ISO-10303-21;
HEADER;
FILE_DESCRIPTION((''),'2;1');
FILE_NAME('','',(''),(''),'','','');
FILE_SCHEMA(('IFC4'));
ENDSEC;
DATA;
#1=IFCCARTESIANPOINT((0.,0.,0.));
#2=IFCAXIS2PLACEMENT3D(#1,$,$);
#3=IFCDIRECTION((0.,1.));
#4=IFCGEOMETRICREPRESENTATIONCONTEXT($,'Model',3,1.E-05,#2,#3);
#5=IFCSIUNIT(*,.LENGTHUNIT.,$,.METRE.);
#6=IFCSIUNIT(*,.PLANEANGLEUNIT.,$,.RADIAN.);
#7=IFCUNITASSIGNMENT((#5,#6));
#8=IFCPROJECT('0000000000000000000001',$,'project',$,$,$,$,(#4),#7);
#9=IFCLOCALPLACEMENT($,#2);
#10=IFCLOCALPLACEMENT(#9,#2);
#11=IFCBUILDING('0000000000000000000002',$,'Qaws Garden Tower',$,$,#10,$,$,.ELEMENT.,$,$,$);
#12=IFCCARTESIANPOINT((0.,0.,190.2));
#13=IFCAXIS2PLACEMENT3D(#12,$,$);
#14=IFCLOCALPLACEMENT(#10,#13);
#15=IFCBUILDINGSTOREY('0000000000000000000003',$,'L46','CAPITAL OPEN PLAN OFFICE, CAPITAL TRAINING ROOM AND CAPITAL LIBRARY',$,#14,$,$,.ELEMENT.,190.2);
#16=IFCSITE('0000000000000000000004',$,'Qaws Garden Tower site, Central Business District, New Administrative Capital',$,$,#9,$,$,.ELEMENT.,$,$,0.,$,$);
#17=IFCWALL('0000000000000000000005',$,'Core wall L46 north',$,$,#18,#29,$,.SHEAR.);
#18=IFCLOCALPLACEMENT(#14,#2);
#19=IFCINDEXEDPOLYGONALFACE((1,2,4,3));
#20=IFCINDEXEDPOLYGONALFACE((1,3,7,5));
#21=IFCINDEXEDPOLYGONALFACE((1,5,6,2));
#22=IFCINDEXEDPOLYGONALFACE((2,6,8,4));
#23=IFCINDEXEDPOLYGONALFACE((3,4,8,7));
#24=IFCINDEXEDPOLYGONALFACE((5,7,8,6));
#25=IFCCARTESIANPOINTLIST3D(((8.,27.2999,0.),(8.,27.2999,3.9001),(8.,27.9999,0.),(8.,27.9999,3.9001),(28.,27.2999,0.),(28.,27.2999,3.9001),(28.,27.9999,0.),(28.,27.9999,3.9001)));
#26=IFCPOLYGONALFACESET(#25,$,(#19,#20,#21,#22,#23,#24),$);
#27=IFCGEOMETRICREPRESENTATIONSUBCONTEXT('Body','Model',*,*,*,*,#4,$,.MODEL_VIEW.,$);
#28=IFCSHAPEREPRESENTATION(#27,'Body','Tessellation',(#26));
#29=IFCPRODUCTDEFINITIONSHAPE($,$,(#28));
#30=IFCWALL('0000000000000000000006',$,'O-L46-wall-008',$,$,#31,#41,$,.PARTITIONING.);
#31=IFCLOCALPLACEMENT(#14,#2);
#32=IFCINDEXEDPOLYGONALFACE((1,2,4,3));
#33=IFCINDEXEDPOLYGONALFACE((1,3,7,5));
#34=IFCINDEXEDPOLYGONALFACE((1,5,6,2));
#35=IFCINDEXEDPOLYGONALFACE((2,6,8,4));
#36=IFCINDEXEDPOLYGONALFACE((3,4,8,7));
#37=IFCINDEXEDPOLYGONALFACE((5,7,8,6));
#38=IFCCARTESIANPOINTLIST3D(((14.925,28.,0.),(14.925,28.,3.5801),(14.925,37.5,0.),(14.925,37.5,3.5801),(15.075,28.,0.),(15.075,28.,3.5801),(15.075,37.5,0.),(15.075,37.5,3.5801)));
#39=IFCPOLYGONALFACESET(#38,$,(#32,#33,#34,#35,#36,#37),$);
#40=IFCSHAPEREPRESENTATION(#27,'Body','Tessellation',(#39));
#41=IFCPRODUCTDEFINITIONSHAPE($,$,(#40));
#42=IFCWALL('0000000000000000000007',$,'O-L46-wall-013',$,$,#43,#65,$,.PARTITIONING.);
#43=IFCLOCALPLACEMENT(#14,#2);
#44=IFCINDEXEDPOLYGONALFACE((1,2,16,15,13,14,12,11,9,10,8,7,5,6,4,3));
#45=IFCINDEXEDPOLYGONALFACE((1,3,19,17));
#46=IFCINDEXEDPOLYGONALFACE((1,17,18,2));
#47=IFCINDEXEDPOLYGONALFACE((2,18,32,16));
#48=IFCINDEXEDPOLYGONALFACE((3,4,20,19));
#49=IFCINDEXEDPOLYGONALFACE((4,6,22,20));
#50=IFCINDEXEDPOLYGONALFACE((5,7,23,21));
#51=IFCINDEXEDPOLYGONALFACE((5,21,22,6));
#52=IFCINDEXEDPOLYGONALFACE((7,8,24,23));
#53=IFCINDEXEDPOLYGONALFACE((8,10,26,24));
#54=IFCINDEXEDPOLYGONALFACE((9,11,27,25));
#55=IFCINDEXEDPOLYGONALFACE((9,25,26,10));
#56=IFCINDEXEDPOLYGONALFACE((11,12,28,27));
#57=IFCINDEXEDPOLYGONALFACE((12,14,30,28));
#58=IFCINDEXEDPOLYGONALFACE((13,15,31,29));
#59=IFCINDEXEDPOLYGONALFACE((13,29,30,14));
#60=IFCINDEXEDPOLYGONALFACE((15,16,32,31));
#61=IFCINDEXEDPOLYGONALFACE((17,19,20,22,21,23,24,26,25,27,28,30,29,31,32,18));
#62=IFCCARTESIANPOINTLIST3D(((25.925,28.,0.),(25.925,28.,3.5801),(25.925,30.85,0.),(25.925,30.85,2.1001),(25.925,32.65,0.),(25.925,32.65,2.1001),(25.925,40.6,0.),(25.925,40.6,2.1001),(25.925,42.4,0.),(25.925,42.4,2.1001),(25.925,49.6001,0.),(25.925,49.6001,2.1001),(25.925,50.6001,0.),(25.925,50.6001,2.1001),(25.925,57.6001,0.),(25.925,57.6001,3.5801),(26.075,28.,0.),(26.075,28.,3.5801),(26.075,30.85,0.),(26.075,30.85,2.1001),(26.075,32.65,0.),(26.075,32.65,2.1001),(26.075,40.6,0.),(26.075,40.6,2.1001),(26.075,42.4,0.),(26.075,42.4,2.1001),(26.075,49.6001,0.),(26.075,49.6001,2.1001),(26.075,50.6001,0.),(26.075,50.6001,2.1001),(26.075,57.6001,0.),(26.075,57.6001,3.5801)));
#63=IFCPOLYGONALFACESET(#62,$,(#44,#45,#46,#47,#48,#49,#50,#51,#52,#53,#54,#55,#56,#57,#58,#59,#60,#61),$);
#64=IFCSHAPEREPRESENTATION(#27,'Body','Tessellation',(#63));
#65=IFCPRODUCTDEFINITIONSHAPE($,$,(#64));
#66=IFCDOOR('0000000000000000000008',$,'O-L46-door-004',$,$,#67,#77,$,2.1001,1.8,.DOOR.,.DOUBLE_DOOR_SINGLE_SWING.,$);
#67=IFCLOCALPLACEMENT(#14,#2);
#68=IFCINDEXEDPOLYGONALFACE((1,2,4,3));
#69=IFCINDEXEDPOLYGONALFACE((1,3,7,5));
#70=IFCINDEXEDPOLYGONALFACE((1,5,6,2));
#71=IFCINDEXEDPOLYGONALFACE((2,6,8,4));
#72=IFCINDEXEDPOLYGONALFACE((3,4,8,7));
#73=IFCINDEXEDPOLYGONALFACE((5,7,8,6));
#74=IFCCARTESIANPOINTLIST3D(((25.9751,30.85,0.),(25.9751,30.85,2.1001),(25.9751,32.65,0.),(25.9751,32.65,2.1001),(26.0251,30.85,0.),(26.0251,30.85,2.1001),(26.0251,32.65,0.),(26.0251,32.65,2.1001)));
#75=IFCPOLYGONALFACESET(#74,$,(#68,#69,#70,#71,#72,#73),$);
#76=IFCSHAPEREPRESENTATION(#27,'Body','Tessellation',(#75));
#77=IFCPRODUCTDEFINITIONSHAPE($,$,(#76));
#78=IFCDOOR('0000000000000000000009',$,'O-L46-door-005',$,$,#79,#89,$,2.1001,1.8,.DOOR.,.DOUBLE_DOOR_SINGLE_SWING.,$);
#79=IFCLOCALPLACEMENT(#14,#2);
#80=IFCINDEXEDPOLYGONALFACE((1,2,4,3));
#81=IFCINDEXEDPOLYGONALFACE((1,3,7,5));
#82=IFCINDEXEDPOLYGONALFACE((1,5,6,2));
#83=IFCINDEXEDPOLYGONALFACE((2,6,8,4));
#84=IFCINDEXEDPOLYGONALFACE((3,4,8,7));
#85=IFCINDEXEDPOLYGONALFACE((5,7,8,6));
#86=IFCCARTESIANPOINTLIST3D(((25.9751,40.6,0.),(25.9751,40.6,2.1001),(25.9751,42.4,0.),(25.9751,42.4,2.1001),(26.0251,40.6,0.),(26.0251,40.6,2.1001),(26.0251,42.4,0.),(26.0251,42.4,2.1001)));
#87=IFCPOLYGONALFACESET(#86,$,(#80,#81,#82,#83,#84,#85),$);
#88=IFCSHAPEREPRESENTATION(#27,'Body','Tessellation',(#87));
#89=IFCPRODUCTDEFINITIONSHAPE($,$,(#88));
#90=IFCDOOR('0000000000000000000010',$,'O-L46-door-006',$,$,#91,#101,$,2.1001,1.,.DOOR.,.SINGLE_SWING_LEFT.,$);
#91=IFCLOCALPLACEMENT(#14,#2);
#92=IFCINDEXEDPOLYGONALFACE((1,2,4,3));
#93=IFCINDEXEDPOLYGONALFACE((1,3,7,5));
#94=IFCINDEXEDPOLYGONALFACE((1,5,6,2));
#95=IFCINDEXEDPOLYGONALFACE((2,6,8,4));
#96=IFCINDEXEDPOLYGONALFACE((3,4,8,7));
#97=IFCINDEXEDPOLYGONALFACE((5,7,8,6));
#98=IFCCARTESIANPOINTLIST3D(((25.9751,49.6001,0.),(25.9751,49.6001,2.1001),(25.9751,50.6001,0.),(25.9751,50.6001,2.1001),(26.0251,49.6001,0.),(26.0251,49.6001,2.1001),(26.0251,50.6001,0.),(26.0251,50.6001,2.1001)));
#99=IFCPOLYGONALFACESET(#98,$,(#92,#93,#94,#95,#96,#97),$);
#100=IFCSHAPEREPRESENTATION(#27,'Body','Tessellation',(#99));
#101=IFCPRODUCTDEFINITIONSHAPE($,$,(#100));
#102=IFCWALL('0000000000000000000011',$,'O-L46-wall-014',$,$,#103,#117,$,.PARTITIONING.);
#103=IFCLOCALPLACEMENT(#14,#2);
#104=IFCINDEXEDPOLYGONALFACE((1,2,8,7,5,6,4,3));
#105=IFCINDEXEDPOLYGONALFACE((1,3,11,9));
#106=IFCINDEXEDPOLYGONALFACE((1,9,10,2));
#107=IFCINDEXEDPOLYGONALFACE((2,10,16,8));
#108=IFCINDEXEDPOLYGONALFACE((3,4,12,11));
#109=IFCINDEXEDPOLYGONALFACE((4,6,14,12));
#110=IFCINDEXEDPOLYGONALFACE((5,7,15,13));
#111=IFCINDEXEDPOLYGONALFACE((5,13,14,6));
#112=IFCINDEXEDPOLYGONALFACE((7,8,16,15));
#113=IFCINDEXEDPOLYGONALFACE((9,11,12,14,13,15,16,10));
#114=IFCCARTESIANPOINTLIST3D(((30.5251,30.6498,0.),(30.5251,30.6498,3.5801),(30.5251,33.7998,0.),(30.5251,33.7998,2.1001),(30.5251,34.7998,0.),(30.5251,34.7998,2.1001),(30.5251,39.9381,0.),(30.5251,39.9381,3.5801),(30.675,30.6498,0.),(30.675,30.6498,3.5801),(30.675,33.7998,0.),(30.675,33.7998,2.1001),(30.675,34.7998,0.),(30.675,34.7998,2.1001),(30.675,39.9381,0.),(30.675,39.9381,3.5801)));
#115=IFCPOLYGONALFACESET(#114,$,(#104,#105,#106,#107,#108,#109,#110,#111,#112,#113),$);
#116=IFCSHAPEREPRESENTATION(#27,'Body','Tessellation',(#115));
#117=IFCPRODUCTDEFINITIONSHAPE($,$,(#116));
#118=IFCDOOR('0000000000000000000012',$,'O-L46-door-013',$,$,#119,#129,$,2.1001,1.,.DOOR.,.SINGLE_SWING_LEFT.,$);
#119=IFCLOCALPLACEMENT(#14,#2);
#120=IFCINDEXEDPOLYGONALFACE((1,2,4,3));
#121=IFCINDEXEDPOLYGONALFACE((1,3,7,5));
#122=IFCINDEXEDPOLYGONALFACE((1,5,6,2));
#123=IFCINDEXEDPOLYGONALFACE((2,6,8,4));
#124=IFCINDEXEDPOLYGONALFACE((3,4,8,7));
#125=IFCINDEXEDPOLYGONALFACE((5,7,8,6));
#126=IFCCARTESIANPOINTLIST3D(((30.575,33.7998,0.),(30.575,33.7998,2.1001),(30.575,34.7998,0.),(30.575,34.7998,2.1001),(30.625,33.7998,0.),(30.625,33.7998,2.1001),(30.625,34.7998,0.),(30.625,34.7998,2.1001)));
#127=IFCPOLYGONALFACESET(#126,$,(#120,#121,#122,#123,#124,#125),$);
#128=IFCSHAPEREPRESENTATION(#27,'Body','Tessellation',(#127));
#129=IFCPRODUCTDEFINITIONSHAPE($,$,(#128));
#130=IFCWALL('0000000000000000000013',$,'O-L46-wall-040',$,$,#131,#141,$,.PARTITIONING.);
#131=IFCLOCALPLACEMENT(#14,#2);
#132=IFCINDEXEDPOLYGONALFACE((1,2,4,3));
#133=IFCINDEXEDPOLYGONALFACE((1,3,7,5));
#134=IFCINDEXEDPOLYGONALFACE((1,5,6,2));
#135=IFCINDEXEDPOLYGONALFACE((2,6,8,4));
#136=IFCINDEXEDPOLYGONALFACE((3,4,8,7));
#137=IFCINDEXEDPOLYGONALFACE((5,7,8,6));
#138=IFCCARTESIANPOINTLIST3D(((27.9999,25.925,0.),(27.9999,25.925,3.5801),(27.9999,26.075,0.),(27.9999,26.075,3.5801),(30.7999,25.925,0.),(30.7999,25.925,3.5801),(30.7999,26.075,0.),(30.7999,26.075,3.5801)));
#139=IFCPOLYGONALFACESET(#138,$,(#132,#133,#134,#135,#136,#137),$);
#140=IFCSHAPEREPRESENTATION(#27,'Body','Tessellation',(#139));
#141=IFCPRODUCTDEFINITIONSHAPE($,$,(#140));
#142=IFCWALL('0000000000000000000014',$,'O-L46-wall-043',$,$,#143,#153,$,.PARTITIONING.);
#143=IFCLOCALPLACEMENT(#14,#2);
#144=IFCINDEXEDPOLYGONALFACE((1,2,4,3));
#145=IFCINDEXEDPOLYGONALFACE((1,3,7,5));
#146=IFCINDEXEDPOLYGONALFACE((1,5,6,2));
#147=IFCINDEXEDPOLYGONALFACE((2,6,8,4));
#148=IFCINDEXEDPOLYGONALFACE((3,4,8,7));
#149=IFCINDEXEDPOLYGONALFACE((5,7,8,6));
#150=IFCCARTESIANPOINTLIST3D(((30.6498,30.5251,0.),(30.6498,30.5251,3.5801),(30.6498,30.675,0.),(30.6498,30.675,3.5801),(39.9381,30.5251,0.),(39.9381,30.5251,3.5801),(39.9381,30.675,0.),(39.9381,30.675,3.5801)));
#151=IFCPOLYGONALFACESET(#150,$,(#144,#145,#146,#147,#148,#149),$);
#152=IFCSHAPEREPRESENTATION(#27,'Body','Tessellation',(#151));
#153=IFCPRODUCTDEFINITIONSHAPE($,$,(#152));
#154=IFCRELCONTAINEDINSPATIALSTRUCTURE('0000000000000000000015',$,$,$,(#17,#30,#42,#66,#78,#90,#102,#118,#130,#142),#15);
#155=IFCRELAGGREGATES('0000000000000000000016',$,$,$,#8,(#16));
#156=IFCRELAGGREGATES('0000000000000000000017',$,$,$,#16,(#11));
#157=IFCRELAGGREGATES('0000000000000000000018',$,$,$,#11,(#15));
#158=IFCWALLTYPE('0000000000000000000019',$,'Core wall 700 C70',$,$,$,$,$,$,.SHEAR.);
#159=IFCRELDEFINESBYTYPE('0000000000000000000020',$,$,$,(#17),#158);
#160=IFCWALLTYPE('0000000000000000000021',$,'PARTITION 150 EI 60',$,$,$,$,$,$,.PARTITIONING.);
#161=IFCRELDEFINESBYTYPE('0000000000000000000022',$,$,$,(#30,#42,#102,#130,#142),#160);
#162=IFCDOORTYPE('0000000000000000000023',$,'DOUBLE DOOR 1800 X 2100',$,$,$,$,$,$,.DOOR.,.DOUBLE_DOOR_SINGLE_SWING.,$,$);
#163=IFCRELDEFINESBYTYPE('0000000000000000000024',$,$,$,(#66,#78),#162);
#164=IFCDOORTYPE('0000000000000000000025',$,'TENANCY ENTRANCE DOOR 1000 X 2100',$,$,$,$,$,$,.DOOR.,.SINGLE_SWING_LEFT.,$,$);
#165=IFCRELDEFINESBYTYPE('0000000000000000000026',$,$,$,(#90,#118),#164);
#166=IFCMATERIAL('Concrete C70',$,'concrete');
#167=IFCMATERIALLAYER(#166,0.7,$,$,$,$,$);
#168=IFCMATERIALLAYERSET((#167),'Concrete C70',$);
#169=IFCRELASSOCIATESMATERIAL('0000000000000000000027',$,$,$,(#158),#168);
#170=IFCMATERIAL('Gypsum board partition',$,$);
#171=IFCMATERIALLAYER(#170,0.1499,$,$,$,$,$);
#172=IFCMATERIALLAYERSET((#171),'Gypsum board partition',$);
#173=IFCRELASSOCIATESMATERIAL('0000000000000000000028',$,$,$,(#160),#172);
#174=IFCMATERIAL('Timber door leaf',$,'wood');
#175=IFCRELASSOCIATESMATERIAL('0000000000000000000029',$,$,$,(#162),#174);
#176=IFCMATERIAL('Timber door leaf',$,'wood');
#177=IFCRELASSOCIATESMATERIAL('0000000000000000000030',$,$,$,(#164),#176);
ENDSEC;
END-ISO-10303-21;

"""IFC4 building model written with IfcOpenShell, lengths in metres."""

from ifc_helpers import new_model, si_unit, direction, frame, frame_2d, origin, place, context, subcontext, project, spatial, rectangle, extrude, material, layer, layer_set, type_object, element, fill, save


model = new_model("IFC4")

# Units and contexts
model_context = context("Model", 3, precision=1e-05, world=origin(), true_north=direction((0.0, 1.0)))
body_context = subcontext(model_context, "Body", "Model", "MODEL_VIEW")
ifc_project = project(units=[si_unit("LENGTHUNIT", "METRE"), si_unit("PLANEANGLEUNIT", "RADIAN")], contexts=[model_context])

# Site, building, storey
site_placement = place(None, origin())
site = spatial("IfcSite", under=ifc_project, at=site_placement, Name="Qaws Garden Tower site, Central Business District, New Administrative Capital", CompositionType="ELEMENT", RefElevation=0.0)
building_placement = place(site_placement, origin())
building = spatial("IfcBuilding", under=site, at=building_placement, Name="Qaws Garden Tower", CompositionType="ELEMENT")
storey_placement = place(building_placement, frame((0.0, 0.0, 190.2)))
storey = spatial("IfcBuildingStorey", under=building, at=storey_placement, Name="L46", Description="CAPITAL OPEN PLAN OFFICE, CAPITAL TRAINING ROOM AND CAPITAL LIBRARY", CompositionType="ELEMENT", Elevation=190.2)

# Walls
ifc_material_1 = material(Name="Concrete C70", Category="concrete")
ifc_layer_1 = layer(ifc_material_1, 0.7)
ifc_layer_set_1 = layer_set([ifc_layer_1], Name="Concrete C70")
wall_type_1 = type_object("IfcWallType", Name="Core wall 700 C70", PredefinedType="SHEAR", material=ifc_layer_set_1)
wall_1_placement = place(storey_placement, frame((28.0, 27.6499, 0.0), z_axis=(0.0, 0.0, 1.0), x_axis=(-1.0, 0.0, 0.0)))
element("IfcWall", 1, at=wall_1_placement, inside=storey, type_object=wall_type_1, Name="Core wall L46 north", PredefinedType="SHEAR", context=body_context, shape_type="SweptSolid", body=[
    extrude(rectangle(XDim=20.0, YDim=0.7, at=frame_2d((10.0, 0.0))), origin(), (0.0, 0.0, 1.0), 3.9001),
])
ifc_material_2 = material(Name="Gypsum board partition")
ifc_layer_2 = layer(ifc_material_2, 0.1499)
ifc_layer_set_2 = layer_set([ifc_layer_2], Name="Gypsum board partition")
wall_type_2 = type_object("IfcWallType", Name="PARTITION 150 EI 60", PredefinedType="PARTITIONING", material=ifc_layer_set_2)
wall_2_placement = place(storey_placement, frame((15.0, 28.0, 0.0), z_axis=(0.0, 0.0, 1.0), x_axis=(0.0, 1.0, 0.0)))
element("IfcWall", 2, at=wall_2_placement, inside=storey, type_object=wall_type_2, Name="O-L46-wall-008", PredefinedType="PARTITIONING", context=body_context, shape_type="SweptSolid", body=[
    extrude(rectangle(XDim=9.5, YDim=0.1499, at=frame_2d((4.75, 0.0))), origin(), (0.0, 0.0, 1.0), 3.5801),
])

# Wall, openings, doors
wall_3_placement = place(storey_placement, frame((26.0, 28.0, 0.0), z_axis=(0.0, 0.0, 1.0), x_axis=(0.0, 1.0, 0.0)))
wall_3 = element("IfcWall", 3, at=wall_3_placement, inside=storey, type_object=wall_type_2, Name="O-L46-wall-013", PredefinedType="PARTITIONING", context=body_context, shape_type="SweptSolid", body=[
    extrude(rectangle(XDim=29.6001, YDim=0.1499, at=frame_2d((14.8, 0.0))), origin(), (0.0, 0.0, 1.0), 3.5801),
])
opening_1_placement = place(wall_3_placement, frame((2.8501, 0.0, 0.0)))
opening_1 = element("IfcOpeningElement", 4, at=opening_1_placement, cuts=wall_3, PredefinedType="OPENING", context=body_context, shape_type="SweptSolid", body=[
    extrude(rectangle(XDim=1.8, YDim=2.1001, at=frame_2d((0.8999, 1.05))), frame((0.0, 0.085, 0.0), z_axis=(0.0, -1.0, 0.0), x_axis=(1.0, 0.0, 0.0)), (0.0, 0.0, 1.0), 0.1699),
])
opening_2_placement = place(wall_3_placement, frame((12.6001, 0.0, 0.0)))
opening_2 = element("IfcOpeningElement", 5, at=opening_2_placement, cuts=wall_3, PredefinedType="OPENING", context=body_context, shape_type="SweptSolid", body=[
    extrude(rectangle(XDim=1.8, YDim=2.1001, at=frame_2d((0.8999, 1.05))), frame((0.0, 0.085, 0.0), z_axis=(0.0, -1.0, 0.0), x_axis=(1.0, 0.0, 0.0)), (0.0, 0.0, 1.0), 0.1699),
])
opening_3_placement = place(wall_3_placement, frame((21.6001, 0.0, 0.0)))
opening_3 = element("IfcOpeningElement", 6, at=opening_3_placement, cuts=wall_3, PredefinedType="OPENING", context=body_context, shape_type="SweptSolid", body=[
    extrude(rectangle(XDim=1.0, YDim=2.1001, at=frame_2d((0.5, 1.05))), frame((0.0, 0.085, 0.0), z_axis=(0.0, -1.0, 0.0), x_axis=(1.0, 0.0, 0.0)), (0.0, 0.0, 1.0), 0.1699),
])
ifc_material_3 = material(Name="Timber door leaf", Category="wood")
door_type_1 = type_object("IfcDoorType", Name="DOUBLE DOOR 1800 X 2100", OperationType="DOUBLE_DOOR_SINGLE_SWING", PredefinedType="DOOR", material=ifc_material_3)
door_1_placement = place(opening_1_placement, origin())
door_1 = element("IfcDoor", 7, at=door_1_placement, inside=storey, type_object=door_type_1, Name="O-L46-door-004", OperationType="DOUBLE_DOOR_SINGLE_SWING", OverallHeight=2.1001, OverallWidth=1.8, PredefinedType="DOOR", context=body_context, shape_type="SweptSolid", body=[
    extrude(rectangle(XDim=1.8, YDim=2.1001, at=frame_2d((0.8999, 1.05))), frame((0.0, 0.0249, 0.0), z_axis=(0.0, -1.0, 0.0), x_axis=(1.0, 0.0, 0.0)), (0.0, 0.0, 1.0), 0.05),
])
fill(opening_1, door_1)
door_2_placement = place(opening_2_placement, origin())
door_2 = element("IfcDoor", 8, at=door_2_placement, inside=storey, type_object=door_type_1, Name="O-L46-door-005", OperationType="DOUBLE_DOOR_SINGLE_SWING", OverallHeight=2.1001, OverallWidth=1.8, PredefinedType="DOOR", context=body_context, shape_type="SweptSolid", body=[
    extrude(rectangle(XDim=1.8, YDim=2.1001, at=frame_2d((0.8999, 1.05))), frame((0.0, 0.0249, 0.0), z_axis=(0.0, -1.0, 0.0), x_axis=(1.0, 0.0, 0.0)), (0.0, 0.0, 1.0), 0.05),
])
fill(opening_2, door_2)
ifc_material_4 = material(Name="Timber door leaf", Category="wood")
door_type_2 = type_object("IfcDoorType", Name="TENANCY ENTRANCE DOOR 1000 X 2100", OperationType="SINGLE_SWING_LEFT", PredefinedType="DOOR", material=ifc_material_4)
door_3_placement = place(opening_3_placement, origin())
door_3 = element("IfcDoor", 9, at=door_3_placement, inside=storey, type_object=door_type_2, Name="O-L46-door-006", OperationType="SINGLE_SWING_LEFT", OverallHeight=2.1001, OverallWidth=1.0, PredefinedType="DOOR", context=body_context, shape_type="SweptSolid", body=[
    extrude(rectangle(XDim=1.0, YDim=2.1001, at=frame_2d((0.5, 1.05))), frame((0.0, 0.0249, 0.0), z_axis=(0.0, -1.0, 0.0), x_axis=(1.0, 0.0, 0.0)), (0.0, 0.0, 1.0), 0.05),
])
fill(opening_3, door_3)

# Wall, opening, door
wall_4_placement = place(storey_placement, frame((30.6001, 30.6499, 0.0), z_axis=(0.0, 0.0, 1.0), x_axis=(0.0, 1.0, 0.0)))
wall_4 = element("IfcWall", 10, at=wall_4_placement, inside=storey, type_object=wall_type_2, Name="O-L46-wall-014", PredefinedType="PARTITIONING", context=body_context, shape_type="SweptSolid", body=[
    extrude(rectangle(XDim=9.2883, YDim=0.1499, at=frame_2d((4.644, 0.0))), origin(), (0.0, 0.0, 1.0), 3.5801),
])
opening_4_placement = place(wall_4_placement, frame((3.1499, 0.0, 0.0)))
opening_4 = element("IfcOpeningElement", 11, at=opening_4_placement, cuts=wall_4, PredefinedType="OPENING", context=body_context, shape_type="SweptSolid", body=[
    extrude(rectangle(XDim=1.0, YDim=2.1001, at=frame_2d((0.5, 1.05))), frame((0.0, 0.085, 0.0), z_axis=(0.0, -1.0, 0.0), x_axis=(1.0, 0.0, 0.0)), (0.0, 0.0, 1.0), 0.1699),
])
door_4_placement = place(opening_4_placement, frame((1.0, 0.0, 0.0), z_axis=(0.0, 0.0, 1.0), x_axis=(-1.0, 0.0, 0.0)))
door_4 = element("IfcDoor", 12, at=door_4_placement, inside=storey, type_object=door_type_2, Name="O-L46-door-013", OperationType="SINGLE_SWING_LEFT", OverallHeight=2.1001, OverallWidth=1.0, PredefinedType="DOOR", context=body_context, shape_type="SweptSolid", body=[
    extrude(rectangle(XDim=1.0, YDim=2.1001, at=frame_2d((0.5, 1.05))), frame((0.0, 0.0249, 0.0), z_axis=(0.0, -1.0, 0.0), x_axis=(1.0, 0.0, 0.0)), (0.0, 0.0, 1.0), 0.05),
])
fill(opening_4, door_4)

# Walls
wall_5_placement = place(storey_placement, frame((28.0, 26.0, 0.0), z_axis=(0.0, 0.0, 1.0), x_axis=(1.0, 0.0, 0.0)))
element("IfcWall", 13, at=wall_5_placement, inside=storey, type_object=wall_type_2, Name="O-L46-wall-040", PredefinedType="PARTITIONING", context=body_context, shape_type="SweptSolid", body=[
    extrude(rectangle(XDim=2.8, YDim=0.1499, at=frame_2d((1.3999, 0.0))), origin(), (0.0, 0.0, 1.0), 3.5801),
])
wall_6_placement = place(storey_placement, frame((30.6499, 30.6001, 0.0), z_axis=(0.0, 0.0, 1.0), x_axis=(1.0, 0.0, 0.0)))
element("IfcWall", 14, at=wall_6_placement, inside=storey, type_object=wall_type_2, Name="O-L46-wall-043", PredefinedType="PARTITIONING", context=body_context, shape_type="SweptSolid", body=[
    extrude(rectangle(XDim=9.2883, YDim=0.1499, at=frame_2d((4.644, 0.0))), origin(), (0.0, 0.0, 1.0), 3.5801),
])

save(model, "model.ifc")
